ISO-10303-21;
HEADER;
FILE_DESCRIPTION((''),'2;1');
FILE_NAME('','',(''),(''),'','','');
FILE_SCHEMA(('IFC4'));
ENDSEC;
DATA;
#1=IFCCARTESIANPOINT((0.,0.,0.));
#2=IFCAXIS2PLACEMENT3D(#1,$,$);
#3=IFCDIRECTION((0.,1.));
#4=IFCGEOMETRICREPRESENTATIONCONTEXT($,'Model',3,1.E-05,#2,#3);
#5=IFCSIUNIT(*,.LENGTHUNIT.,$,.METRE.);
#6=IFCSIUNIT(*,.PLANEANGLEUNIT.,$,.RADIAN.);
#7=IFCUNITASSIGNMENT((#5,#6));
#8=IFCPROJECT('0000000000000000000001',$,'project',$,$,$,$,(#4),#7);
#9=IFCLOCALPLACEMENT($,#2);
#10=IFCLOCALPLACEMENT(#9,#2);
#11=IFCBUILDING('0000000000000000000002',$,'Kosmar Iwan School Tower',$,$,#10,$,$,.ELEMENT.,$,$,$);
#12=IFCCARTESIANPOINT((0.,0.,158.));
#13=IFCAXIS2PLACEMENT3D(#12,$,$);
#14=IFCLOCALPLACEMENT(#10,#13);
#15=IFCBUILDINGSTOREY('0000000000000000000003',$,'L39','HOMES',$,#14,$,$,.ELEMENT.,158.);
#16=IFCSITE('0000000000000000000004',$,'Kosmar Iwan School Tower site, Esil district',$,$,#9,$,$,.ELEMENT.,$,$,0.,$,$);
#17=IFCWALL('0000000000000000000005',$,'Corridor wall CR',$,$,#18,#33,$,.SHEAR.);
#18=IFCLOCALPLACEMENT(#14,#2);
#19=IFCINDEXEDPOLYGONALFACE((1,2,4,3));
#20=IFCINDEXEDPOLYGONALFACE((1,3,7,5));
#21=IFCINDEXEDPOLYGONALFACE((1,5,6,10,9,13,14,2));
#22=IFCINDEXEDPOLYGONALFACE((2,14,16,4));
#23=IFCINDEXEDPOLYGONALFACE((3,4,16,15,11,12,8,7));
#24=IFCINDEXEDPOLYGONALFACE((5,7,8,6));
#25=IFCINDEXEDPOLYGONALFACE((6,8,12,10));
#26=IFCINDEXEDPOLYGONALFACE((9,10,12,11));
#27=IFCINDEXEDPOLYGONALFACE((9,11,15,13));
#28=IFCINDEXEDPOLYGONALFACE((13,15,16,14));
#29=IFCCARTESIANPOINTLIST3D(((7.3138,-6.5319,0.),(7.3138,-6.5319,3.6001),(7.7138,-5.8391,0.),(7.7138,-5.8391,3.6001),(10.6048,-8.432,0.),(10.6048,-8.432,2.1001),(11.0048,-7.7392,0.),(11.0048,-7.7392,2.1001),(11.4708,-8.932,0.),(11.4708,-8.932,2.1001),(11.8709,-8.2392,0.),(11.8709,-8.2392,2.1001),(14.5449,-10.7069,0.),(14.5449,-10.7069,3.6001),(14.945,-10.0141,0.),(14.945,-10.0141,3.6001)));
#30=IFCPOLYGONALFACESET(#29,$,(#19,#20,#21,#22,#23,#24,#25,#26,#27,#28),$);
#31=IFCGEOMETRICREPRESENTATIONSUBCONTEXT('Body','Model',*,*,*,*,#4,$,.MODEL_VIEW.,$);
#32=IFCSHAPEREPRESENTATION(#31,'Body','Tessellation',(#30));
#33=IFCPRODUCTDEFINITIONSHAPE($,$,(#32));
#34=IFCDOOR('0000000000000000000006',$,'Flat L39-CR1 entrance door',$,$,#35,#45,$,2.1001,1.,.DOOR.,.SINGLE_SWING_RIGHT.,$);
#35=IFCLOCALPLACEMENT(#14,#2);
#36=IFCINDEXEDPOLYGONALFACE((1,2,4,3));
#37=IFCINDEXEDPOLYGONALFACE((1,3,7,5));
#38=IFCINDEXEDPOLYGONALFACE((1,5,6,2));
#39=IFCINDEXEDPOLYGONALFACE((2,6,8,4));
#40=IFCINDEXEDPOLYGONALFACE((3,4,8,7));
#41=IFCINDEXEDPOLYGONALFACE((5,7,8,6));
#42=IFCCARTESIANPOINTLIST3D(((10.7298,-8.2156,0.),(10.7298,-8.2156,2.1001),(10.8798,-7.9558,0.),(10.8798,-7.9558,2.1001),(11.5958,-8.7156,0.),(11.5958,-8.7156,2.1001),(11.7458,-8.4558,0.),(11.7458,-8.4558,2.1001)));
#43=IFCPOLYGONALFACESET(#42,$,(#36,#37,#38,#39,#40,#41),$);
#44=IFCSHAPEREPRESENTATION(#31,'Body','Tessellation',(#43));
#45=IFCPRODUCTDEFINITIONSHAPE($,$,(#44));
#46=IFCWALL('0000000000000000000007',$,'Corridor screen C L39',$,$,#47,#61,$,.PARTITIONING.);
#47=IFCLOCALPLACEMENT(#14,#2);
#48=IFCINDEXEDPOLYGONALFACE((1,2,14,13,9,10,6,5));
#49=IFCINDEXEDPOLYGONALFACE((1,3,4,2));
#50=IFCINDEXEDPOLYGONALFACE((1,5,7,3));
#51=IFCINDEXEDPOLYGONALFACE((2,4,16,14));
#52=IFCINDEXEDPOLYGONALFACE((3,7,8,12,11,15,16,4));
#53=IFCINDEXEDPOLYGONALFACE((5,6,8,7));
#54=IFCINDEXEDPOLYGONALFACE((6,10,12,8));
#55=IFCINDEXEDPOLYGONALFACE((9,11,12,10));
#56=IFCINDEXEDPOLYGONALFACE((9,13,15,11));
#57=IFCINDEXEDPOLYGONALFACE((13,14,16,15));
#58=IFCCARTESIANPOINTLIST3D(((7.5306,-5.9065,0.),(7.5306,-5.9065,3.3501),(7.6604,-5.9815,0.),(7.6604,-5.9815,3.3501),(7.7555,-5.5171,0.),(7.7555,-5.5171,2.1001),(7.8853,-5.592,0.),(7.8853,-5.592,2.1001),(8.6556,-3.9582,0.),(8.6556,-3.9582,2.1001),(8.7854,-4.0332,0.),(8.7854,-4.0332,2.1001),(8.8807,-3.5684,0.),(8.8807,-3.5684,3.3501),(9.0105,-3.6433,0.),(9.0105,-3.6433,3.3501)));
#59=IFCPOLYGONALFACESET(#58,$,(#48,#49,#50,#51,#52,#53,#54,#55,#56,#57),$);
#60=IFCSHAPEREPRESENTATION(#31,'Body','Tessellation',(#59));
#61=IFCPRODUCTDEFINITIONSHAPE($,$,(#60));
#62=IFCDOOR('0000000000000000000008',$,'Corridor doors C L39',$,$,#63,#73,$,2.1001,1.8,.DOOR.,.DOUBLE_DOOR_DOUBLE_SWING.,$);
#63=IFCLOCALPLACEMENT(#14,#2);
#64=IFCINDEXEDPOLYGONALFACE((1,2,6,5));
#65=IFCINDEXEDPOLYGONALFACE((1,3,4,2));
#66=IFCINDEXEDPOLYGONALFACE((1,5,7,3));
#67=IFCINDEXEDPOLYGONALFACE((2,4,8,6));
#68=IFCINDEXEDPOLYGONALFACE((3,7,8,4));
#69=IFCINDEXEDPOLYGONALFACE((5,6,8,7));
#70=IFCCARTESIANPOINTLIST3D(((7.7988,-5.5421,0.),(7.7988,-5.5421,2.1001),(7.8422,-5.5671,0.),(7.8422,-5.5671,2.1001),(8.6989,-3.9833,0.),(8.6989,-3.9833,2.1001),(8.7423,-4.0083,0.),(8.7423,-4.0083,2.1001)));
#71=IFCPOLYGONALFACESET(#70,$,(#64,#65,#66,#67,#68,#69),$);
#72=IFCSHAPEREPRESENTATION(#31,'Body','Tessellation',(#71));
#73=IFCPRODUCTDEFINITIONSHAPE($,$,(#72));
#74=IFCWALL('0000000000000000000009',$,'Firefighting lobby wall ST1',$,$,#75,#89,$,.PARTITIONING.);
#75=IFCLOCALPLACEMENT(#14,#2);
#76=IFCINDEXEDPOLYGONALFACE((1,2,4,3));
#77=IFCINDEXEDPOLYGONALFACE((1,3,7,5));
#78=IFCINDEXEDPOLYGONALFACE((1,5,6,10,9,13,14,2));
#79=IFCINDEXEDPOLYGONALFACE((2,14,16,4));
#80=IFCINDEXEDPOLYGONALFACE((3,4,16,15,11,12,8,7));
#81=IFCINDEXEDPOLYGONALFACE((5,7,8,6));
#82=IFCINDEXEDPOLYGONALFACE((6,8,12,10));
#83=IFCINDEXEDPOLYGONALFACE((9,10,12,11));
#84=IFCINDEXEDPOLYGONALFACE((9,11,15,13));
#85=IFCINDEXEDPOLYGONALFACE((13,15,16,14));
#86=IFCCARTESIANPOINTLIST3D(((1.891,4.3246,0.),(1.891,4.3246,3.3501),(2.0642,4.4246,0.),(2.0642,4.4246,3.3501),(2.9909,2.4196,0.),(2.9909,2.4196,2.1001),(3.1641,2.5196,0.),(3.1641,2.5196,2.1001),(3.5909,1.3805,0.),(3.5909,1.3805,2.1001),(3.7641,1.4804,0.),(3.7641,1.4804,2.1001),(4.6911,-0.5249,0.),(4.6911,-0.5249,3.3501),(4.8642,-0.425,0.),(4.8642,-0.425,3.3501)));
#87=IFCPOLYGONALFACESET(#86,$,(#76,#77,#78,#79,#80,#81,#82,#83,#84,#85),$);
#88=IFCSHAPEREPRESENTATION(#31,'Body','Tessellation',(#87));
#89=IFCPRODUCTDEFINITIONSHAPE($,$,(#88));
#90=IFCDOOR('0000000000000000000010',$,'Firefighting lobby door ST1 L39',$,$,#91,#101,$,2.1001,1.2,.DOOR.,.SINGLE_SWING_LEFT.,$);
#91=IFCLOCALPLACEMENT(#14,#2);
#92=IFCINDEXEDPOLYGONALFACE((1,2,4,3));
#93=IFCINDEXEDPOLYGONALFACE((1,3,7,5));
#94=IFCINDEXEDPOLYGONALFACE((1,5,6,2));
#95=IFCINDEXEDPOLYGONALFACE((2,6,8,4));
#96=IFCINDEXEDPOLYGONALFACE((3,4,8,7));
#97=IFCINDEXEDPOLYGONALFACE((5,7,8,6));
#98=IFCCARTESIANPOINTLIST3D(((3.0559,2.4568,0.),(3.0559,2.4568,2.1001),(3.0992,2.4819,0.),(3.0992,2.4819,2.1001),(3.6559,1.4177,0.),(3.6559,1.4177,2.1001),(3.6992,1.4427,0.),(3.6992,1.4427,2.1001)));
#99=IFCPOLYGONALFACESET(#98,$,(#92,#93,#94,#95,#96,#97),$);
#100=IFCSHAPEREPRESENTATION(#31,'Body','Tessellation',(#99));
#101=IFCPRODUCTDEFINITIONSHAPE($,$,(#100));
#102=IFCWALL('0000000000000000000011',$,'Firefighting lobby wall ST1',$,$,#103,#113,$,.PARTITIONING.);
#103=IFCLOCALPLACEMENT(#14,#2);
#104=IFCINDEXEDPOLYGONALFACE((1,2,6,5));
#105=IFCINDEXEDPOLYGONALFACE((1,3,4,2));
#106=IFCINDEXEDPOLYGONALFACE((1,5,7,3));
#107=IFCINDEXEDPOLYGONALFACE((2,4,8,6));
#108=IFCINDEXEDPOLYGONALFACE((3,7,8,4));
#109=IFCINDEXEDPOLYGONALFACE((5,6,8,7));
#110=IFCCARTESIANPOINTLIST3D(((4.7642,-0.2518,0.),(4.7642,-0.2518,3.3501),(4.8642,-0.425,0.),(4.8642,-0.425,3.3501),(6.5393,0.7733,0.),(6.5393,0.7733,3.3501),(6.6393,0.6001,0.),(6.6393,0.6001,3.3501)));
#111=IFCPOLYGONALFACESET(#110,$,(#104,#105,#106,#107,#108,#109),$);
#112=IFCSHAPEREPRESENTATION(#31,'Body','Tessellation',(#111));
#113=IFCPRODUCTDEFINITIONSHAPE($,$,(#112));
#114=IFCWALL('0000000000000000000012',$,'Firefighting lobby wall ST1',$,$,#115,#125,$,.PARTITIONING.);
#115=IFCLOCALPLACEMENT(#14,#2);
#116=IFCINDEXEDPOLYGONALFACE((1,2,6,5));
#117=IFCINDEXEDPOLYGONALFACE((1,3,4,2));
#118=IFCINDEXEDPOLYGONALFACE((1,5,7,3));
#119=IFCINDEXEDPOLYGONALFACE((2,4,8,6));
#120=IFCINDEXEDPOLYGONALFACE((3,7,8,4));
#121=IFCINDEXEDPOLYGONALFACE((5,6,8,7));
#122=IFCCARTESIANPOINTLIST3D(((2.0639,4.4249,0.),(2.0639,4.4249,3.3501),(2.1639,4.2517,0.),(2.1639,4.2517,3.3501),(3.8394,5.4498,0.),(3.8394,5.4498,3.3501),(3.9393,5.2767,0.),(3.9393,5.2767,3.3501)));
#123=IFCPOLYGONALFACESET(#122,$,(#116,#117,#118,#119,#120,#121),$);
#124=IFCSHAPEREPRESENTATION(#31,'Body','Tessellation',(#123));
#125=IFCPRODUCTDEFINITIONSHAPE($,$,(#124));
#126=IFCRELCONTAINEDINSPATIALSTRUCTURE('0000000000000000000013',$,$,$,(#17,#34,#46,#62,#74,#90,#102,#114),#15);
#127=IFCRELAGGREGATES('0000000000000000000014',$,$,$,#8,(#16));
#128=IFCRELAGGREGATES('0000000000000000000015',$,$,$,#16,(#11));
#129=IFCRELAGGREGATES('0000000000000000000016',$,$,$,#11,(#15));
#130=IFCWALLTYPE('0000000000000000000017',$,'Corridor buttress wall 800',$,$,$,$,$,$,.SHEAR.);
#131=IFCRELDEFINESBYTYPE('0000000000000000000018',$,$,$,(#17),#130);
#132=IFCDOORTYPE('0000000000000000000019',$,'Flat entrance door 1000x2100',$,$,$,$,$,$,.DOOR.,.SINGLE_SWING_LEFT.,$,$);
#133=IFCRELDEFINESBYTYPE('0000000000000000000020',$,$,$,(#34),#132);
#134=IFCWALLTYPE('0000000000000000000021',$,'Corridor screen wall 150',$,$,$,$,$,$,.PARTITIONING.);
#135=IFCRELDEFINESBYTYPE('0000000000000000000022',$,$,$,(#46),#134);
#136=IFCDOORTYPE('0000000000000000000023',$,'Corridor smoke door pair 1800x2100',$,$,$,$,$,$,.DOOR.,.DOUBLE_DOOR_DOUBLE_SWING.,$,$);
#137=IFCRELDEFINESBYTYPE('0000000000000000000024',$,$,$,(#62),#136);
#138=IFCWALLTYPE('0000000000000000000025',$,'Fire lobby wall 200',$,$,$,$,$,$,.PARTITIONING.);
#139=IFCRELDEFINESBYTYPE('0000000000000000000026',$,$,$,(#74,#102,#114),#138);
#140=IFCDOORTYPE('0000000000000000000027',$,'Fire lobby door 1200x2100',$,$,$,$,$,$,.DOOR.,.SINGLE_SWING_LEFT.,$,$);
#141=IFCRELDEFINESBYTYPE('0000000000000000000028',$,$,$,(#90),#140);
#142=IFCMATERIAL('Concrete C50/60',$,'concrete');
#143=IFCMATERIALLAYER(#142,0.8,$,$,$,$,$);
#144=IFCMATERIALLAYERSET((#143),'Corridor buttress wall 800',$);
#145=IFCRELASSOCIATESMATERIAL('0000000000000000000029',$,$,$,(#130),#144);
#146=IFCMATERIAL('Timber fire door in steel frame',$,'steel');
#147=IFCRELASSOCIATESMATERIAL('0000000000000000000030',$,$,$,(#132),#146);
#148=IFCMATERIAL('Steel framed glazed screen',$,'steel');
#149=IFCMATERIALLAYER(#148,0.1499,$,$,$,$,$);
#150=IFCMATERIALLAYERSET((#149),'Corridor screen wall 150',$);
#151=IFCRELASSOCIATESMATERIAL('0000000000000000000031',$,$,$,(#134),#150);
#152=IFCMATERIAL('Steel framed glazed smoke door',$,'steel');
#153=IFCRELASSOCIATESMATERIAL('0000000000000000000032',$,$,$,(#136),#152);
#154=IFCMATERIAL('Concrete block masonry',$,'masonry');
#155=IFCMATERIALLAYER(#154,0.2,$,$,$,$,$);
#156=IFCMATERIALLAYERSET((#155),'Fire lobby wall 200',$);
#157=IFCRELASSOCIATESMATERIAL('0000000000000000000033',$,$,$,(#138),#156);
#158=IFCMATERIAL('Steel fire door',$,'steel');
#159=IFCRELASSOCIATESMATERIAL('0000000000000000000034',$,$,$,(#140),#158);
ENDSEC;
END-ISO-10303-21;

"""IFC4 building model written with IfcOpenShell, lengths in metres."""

from ifc_helpers import new_model, si_unit, direction, frame, frame_2d, origin, place, context, subcontext, project, spatial, rectangle, extrude, material, layer, layer_set, type_object, element, fill, save


model = new_model("IFC4")

# Units and contexts
model_context = context("Model", 3, precision=1e-05, world=origin(), true_north=direction((0.0, 1.0)))
body_context = subcontext(model_context, "Body", "Model", "MODEL_VIEW")
ifc_project = project(units=[si_unit("LENGTHUNIT", "METRE"), si_unit("PLANEANGLEUNIT", "RADIAN")], contexts=[model_context])

# Site, building, storey
site_placement = place(None, origin())
site = spatial("IfcSite", under=ifc_project, at=site_placement, Name="Kosmar Iwan School Tower site, Esil district", CompositionType="ELEMENT", RefElevation=0.0)
building_placement = place(site_placement, origin())
building = spatial("IfcBuilding", under=site, at=building_placement, Name="Kosmar Iwan School Tower", CompositionType="ELEMENT")
storey_placement = place(building_placement, frame((0.0, 0.0, 158.0)))
storey = spatial("IfcBuildingStorey", under=building, at=storey_placement, Name="L39", Description="HOMES", CompositionType="ELEMENT", Elevation=158.0)

# Walls, openings, doors
ifc_material_1 = material(Name="Concrete C50/60", Category="concrete")
ifc_layer_1 = layer(ifc_material_1, 0.8)
ifc_layer_set_1 = layer_set([ifc_layer_1], Name="Corridor buttress wall 800")
wall_type_1 = type_object("IfcWallType", Name="Corridor buttress wall 800", PredefinedType="SHEAR", material=ifc_layer_set_1)
ifc_material_2 = material(Name="Timber fire door in steel frame", Category="steel")
door_type_1 = type_object("IfcDoorType", Name="Flat entrance door 1000x2100", OperationType="SINGLE_SWING_LEFT", PredefinedType="DOOR", material=ifc_material_2)
wall_1_placement = place(storey_placement, frame((7.5139, -6.1855, 0.0), z_axis=(0.0, 0.0, 1.0), x_axis=(0.86602, -0.50001, 0.0)))
wall_1 = element("IfcWall", 1, at=wall_1_placement, inside=storey, type_object=wall_type_1, Name="Corridor wall CR", PredefinedType="SHEAR", context=body_context, shape_type="SweptSolid", body=[
    extrude(rectangle(XDim=8.3499, YDim=0.8, at=frame_2d((4.1748, 0.0))), origin(), (0.0, 0.0, 1.0), 3.6001),
])
opening_1_placement = place(wall_1_placement, frame((3.8, 0.0, 0.0)))
opening_1 = element("IfcOpeningElement", 2, at=opening_1_placement, cuts=wall_1, PredefinedType="OPENING", context=body_context, shape_type="SweptSolid", body=[
    extrude(rectangle(XDim=1.0, YDim=2.1001, at=frame_2d((0.5, 1.05))), frame((0.0, 0.4121, 0.0), z_axis=(0.0, -1.0, 0.0), x_axis=(1.0, 0.0, 0.0)), (0.0, 0.0, 1.0), 0.824),
])
door_1_placement = place(opening_1_placement, origin())
door_1 = element("IfcDoor", 3, at=door_1_placement, inside=storey, type_object=door_type_1, Name="Flat L39-CR1 entrance door", OperationType="SINGLE_SWING_RIGHT", OverallHeight=2.1001, OverallWidth=1.0, PredefinedType="DOOR", context=body_context, shape_type="SweptSolid", body=[
    extrude(rectangle(XDim=1.0, YDim=2.1001, at=frame_2d((0.5, 1.05))), frame((0.0, 0.1499, 0.0), z_axis=(0.0, -1.0, 0.0), x_axis=(1.0, 0.0, 0.0)), (0.0, 0.0, 1.0), 0.3),
])
fill(opening_1, door_1)
ifc_material_3 = material(Name="Steel framed glazed screen", Category="steel")
ifc_layer_2 = layer(ifc_material_3, 0.1499)
ifc_layer_set_2 = layer_set([ifc_layer_2], Name="Corridor screen wall 150")
wall_type_2 = type_object("IfcWallType", Name="Corridor screen wall 150", PredefinedType="PARTITIONING", material=ifc_layer_set_2)
wall_2_placement = place(storey_placement, frame((7.5955, -5.9441, 0.0), z_axis=(0.0, 0.0, 1.0), x_axis=(0.500049, 0.865997, 0.0)))
wall_2 = element("IfcWall", 4, at=wall_2_placement, inside=storey, type_object=wall_type_2, Name="Corridor screen C L39", PredefinedType="PARTITIONING", context=body_context, shape_type="SweptSolid", body=[
    extrude(rectangle(XDim=2.7, YDim=0.1499, at=frame_2d((1.3501, 0.0))), origin(), (0.0, 0.0, 1.0), 3.3501),
])
opening_2_placement = place(wall_2_placement, frame((0.45, 0.0, 0.0)))
opening_2 = element("IfcOpeningElement", 5, at=opening_2_placement, cuts=wall_2, PredefinedType="OPENING", context=body_context, shape_type="SweptSolid", body=[
    extrude(rectangle(XDim=1.8, YDim=2.1001, at=frame_2d((0.8999, 1.05))), frame((0.0, 0.0869, 0.0), z_axis=(0.0, -1.0, 0.0), x_axis=(1.0, 0.0, 0.0)), (0.0, 0.0, 1.0), 0.1738),
])
ifc_material_4 = material(Name="Steel framed glazed smoke door", Category="steel")
door_type_2 = type_object("IfcDoorType", Name="Corridor smoke door pair 1800x2100", OperationType="DOUBLE_DOOR_DOUBLE_SWING", PredefinedType="DOOR", material=ifc_material_4)
door_2_placement = place(opening_2_placement, origin())
door_2 = element("IfcDoor", 6, at=door_2_placement, inside=storey, type_object=door_type_2, Name="Corridor doors C L39", OperationType="DOUBLE_DOOR_DOUBLE_SWING", OverallHeight=2.1001, OverallWidth=1.8, PredefinedType="DOOR", context=body_context, shape_type="SweptSolid", body=[
    extrude(rectangle(XDim=1.8, YDim=2.1001, at=frame_2d((0.8999, 1.05))), frame((0.0, 0.0249, 0.0), z_axis=(0.0, -1.0, 0.0), x_axis=(1.0, 0.0, 0.0)), (0.0, 0.0, 1.0), 0.05),
])
fill(opening_2, door_2)
ifc_material_5 = material(Name="Concrete block masonry", Category="masonry")
ifc_layer_3 = layer(ifc_material_5, 0.2)
ifc_layer_set_3 = layer_set([ifc_layer_3], Name="Fire lobby wall 200")
wall_type_3 = type_object("IfcWallType", Name="Fire lobby wall 200", PredefinedType="PARTITIONING", material=ifc_layer_set_3)
wall_3_placement = place(storey_placement, frame((4.7776, -0.4749, 0.0), z_axis=(0.0, 0.0, 1.0), x_axis=(-0.500017, 0.866016, 0.0)))
wall_3 = element("IfcWall", 7, at=wall_3_placement, inside=storey, type_object=wall_type_3, Name="Firefighting lobby wall ST1", PredefinedType="PARTITIONING", context=body_context, shape_type="SweptSolid", body=[
    extrude(rectangle(XDim=5.5999, YDim=0.2, at=frame_2d((2.7998, 0.0))), origin(), (0.0, 0.0, 1.0), 3.3501),
])
opening_3_placement = place(wall_3_placement, frame((2.2, 0.0, 0.0)))
opening_3 = element("IfcOpeningElement", 8, at=opening_3_placement, cuts=wall_3, PredefinedType="OPENING", context=body_context, shape_type="SweptSolid", body=[
    extrude(rectangle(XDim=1.2, YDim=2.1001, at=frame_2d((0.6001, 1.05))), frame((0.0, 0.1121, 0.0), z_axis=(0.0, -1.0, 0.0), x_axis=(1.0, 0.0, 0.0)), (0.0, 0.0, 1.0), 0.2239),
])
ifc_material_6 = material(Name="Steel fire door", Category="steel")
door_type_3 = type_object("IfcDoorType", Name="Fire lobby door 1200x2100", OperationType="SINGLE_SWING_LEFT", PredefinedType="DOOR", material=ifc_material_6)
door_3_placement = place(opening_3_placement, frame((1.2, 0.0, 0.0), z_axis=(0.0, 0.0, 1.0), x_axis=(-1.0, 0.0, 0.0)))
door_3 = element("IfcDoor", 9, at=door_3_placement, inside=storey, type_object=door_type_3, Name="Firefighting lobby door ST1 L39", OperationType="SINGLE_SWING_LEFT", OverallHeight=2.1001, OverallWidth=1.2, PredefinedType="DOOR", context=body_context, shape_type="SweptSolid", body=[
    extrude(rectangle(XDim=1.2, YDim=2.1001, at=frame_2d((0.6001, 1.05))), frame((0.0, 0.0249, 0.0), z_axis=(0.0, -1.0, 0.0), x_axis=(1.0, 0.0, 0.0)), (0.0, 0.0, 1.0), 0.05),
])
fill(opening_3, door_3)

# Walls
wall_4_placement = place(storey_placement, frame((4.8142, -0.3384, 0.0), z_axis=(0.0, 0.0, 1.0), x_axis=(0.865969, 0.500097, 0.0)))
element("IfcWall", 10, at=wall_4_placement, inside=storey, type_object=wall_type_3, Name="Firefighting lobby wall ST1", PredefinedType="PARTITIONING", context=body_context, shape_type="SweptSolid", body=[
    extrude(rectangle(XDim=2.0498, YDim=0.2, at=frame_2d((1.0249, 0.0))), origin(), (0.0, 0.0, 1.0), 3.3501),
])
wall_5_placement = place(storey_placement, frame((2.114, 4.3384, 0.0), z_axis=(0.0, 0.0, 1.0), x_axis=(0.866051, 0.499956, 0.0)))
element("IfcWall", 11, at=wall_5_placement, inside=storey, type_object=wall_type_3, Name="Firefighting lobby wall ST1", PredefinedType="PARTITIONING", context=body_context, shape_type="SweptSolid", body=[
    extrude(rectangle(XDim=2.05, YDim=0.2, at=frame_2d((1.0249, 0.0))), origin(), (0.0, 0.0, 1.0), 3.3501),
])

save(model, "model.ifc")
